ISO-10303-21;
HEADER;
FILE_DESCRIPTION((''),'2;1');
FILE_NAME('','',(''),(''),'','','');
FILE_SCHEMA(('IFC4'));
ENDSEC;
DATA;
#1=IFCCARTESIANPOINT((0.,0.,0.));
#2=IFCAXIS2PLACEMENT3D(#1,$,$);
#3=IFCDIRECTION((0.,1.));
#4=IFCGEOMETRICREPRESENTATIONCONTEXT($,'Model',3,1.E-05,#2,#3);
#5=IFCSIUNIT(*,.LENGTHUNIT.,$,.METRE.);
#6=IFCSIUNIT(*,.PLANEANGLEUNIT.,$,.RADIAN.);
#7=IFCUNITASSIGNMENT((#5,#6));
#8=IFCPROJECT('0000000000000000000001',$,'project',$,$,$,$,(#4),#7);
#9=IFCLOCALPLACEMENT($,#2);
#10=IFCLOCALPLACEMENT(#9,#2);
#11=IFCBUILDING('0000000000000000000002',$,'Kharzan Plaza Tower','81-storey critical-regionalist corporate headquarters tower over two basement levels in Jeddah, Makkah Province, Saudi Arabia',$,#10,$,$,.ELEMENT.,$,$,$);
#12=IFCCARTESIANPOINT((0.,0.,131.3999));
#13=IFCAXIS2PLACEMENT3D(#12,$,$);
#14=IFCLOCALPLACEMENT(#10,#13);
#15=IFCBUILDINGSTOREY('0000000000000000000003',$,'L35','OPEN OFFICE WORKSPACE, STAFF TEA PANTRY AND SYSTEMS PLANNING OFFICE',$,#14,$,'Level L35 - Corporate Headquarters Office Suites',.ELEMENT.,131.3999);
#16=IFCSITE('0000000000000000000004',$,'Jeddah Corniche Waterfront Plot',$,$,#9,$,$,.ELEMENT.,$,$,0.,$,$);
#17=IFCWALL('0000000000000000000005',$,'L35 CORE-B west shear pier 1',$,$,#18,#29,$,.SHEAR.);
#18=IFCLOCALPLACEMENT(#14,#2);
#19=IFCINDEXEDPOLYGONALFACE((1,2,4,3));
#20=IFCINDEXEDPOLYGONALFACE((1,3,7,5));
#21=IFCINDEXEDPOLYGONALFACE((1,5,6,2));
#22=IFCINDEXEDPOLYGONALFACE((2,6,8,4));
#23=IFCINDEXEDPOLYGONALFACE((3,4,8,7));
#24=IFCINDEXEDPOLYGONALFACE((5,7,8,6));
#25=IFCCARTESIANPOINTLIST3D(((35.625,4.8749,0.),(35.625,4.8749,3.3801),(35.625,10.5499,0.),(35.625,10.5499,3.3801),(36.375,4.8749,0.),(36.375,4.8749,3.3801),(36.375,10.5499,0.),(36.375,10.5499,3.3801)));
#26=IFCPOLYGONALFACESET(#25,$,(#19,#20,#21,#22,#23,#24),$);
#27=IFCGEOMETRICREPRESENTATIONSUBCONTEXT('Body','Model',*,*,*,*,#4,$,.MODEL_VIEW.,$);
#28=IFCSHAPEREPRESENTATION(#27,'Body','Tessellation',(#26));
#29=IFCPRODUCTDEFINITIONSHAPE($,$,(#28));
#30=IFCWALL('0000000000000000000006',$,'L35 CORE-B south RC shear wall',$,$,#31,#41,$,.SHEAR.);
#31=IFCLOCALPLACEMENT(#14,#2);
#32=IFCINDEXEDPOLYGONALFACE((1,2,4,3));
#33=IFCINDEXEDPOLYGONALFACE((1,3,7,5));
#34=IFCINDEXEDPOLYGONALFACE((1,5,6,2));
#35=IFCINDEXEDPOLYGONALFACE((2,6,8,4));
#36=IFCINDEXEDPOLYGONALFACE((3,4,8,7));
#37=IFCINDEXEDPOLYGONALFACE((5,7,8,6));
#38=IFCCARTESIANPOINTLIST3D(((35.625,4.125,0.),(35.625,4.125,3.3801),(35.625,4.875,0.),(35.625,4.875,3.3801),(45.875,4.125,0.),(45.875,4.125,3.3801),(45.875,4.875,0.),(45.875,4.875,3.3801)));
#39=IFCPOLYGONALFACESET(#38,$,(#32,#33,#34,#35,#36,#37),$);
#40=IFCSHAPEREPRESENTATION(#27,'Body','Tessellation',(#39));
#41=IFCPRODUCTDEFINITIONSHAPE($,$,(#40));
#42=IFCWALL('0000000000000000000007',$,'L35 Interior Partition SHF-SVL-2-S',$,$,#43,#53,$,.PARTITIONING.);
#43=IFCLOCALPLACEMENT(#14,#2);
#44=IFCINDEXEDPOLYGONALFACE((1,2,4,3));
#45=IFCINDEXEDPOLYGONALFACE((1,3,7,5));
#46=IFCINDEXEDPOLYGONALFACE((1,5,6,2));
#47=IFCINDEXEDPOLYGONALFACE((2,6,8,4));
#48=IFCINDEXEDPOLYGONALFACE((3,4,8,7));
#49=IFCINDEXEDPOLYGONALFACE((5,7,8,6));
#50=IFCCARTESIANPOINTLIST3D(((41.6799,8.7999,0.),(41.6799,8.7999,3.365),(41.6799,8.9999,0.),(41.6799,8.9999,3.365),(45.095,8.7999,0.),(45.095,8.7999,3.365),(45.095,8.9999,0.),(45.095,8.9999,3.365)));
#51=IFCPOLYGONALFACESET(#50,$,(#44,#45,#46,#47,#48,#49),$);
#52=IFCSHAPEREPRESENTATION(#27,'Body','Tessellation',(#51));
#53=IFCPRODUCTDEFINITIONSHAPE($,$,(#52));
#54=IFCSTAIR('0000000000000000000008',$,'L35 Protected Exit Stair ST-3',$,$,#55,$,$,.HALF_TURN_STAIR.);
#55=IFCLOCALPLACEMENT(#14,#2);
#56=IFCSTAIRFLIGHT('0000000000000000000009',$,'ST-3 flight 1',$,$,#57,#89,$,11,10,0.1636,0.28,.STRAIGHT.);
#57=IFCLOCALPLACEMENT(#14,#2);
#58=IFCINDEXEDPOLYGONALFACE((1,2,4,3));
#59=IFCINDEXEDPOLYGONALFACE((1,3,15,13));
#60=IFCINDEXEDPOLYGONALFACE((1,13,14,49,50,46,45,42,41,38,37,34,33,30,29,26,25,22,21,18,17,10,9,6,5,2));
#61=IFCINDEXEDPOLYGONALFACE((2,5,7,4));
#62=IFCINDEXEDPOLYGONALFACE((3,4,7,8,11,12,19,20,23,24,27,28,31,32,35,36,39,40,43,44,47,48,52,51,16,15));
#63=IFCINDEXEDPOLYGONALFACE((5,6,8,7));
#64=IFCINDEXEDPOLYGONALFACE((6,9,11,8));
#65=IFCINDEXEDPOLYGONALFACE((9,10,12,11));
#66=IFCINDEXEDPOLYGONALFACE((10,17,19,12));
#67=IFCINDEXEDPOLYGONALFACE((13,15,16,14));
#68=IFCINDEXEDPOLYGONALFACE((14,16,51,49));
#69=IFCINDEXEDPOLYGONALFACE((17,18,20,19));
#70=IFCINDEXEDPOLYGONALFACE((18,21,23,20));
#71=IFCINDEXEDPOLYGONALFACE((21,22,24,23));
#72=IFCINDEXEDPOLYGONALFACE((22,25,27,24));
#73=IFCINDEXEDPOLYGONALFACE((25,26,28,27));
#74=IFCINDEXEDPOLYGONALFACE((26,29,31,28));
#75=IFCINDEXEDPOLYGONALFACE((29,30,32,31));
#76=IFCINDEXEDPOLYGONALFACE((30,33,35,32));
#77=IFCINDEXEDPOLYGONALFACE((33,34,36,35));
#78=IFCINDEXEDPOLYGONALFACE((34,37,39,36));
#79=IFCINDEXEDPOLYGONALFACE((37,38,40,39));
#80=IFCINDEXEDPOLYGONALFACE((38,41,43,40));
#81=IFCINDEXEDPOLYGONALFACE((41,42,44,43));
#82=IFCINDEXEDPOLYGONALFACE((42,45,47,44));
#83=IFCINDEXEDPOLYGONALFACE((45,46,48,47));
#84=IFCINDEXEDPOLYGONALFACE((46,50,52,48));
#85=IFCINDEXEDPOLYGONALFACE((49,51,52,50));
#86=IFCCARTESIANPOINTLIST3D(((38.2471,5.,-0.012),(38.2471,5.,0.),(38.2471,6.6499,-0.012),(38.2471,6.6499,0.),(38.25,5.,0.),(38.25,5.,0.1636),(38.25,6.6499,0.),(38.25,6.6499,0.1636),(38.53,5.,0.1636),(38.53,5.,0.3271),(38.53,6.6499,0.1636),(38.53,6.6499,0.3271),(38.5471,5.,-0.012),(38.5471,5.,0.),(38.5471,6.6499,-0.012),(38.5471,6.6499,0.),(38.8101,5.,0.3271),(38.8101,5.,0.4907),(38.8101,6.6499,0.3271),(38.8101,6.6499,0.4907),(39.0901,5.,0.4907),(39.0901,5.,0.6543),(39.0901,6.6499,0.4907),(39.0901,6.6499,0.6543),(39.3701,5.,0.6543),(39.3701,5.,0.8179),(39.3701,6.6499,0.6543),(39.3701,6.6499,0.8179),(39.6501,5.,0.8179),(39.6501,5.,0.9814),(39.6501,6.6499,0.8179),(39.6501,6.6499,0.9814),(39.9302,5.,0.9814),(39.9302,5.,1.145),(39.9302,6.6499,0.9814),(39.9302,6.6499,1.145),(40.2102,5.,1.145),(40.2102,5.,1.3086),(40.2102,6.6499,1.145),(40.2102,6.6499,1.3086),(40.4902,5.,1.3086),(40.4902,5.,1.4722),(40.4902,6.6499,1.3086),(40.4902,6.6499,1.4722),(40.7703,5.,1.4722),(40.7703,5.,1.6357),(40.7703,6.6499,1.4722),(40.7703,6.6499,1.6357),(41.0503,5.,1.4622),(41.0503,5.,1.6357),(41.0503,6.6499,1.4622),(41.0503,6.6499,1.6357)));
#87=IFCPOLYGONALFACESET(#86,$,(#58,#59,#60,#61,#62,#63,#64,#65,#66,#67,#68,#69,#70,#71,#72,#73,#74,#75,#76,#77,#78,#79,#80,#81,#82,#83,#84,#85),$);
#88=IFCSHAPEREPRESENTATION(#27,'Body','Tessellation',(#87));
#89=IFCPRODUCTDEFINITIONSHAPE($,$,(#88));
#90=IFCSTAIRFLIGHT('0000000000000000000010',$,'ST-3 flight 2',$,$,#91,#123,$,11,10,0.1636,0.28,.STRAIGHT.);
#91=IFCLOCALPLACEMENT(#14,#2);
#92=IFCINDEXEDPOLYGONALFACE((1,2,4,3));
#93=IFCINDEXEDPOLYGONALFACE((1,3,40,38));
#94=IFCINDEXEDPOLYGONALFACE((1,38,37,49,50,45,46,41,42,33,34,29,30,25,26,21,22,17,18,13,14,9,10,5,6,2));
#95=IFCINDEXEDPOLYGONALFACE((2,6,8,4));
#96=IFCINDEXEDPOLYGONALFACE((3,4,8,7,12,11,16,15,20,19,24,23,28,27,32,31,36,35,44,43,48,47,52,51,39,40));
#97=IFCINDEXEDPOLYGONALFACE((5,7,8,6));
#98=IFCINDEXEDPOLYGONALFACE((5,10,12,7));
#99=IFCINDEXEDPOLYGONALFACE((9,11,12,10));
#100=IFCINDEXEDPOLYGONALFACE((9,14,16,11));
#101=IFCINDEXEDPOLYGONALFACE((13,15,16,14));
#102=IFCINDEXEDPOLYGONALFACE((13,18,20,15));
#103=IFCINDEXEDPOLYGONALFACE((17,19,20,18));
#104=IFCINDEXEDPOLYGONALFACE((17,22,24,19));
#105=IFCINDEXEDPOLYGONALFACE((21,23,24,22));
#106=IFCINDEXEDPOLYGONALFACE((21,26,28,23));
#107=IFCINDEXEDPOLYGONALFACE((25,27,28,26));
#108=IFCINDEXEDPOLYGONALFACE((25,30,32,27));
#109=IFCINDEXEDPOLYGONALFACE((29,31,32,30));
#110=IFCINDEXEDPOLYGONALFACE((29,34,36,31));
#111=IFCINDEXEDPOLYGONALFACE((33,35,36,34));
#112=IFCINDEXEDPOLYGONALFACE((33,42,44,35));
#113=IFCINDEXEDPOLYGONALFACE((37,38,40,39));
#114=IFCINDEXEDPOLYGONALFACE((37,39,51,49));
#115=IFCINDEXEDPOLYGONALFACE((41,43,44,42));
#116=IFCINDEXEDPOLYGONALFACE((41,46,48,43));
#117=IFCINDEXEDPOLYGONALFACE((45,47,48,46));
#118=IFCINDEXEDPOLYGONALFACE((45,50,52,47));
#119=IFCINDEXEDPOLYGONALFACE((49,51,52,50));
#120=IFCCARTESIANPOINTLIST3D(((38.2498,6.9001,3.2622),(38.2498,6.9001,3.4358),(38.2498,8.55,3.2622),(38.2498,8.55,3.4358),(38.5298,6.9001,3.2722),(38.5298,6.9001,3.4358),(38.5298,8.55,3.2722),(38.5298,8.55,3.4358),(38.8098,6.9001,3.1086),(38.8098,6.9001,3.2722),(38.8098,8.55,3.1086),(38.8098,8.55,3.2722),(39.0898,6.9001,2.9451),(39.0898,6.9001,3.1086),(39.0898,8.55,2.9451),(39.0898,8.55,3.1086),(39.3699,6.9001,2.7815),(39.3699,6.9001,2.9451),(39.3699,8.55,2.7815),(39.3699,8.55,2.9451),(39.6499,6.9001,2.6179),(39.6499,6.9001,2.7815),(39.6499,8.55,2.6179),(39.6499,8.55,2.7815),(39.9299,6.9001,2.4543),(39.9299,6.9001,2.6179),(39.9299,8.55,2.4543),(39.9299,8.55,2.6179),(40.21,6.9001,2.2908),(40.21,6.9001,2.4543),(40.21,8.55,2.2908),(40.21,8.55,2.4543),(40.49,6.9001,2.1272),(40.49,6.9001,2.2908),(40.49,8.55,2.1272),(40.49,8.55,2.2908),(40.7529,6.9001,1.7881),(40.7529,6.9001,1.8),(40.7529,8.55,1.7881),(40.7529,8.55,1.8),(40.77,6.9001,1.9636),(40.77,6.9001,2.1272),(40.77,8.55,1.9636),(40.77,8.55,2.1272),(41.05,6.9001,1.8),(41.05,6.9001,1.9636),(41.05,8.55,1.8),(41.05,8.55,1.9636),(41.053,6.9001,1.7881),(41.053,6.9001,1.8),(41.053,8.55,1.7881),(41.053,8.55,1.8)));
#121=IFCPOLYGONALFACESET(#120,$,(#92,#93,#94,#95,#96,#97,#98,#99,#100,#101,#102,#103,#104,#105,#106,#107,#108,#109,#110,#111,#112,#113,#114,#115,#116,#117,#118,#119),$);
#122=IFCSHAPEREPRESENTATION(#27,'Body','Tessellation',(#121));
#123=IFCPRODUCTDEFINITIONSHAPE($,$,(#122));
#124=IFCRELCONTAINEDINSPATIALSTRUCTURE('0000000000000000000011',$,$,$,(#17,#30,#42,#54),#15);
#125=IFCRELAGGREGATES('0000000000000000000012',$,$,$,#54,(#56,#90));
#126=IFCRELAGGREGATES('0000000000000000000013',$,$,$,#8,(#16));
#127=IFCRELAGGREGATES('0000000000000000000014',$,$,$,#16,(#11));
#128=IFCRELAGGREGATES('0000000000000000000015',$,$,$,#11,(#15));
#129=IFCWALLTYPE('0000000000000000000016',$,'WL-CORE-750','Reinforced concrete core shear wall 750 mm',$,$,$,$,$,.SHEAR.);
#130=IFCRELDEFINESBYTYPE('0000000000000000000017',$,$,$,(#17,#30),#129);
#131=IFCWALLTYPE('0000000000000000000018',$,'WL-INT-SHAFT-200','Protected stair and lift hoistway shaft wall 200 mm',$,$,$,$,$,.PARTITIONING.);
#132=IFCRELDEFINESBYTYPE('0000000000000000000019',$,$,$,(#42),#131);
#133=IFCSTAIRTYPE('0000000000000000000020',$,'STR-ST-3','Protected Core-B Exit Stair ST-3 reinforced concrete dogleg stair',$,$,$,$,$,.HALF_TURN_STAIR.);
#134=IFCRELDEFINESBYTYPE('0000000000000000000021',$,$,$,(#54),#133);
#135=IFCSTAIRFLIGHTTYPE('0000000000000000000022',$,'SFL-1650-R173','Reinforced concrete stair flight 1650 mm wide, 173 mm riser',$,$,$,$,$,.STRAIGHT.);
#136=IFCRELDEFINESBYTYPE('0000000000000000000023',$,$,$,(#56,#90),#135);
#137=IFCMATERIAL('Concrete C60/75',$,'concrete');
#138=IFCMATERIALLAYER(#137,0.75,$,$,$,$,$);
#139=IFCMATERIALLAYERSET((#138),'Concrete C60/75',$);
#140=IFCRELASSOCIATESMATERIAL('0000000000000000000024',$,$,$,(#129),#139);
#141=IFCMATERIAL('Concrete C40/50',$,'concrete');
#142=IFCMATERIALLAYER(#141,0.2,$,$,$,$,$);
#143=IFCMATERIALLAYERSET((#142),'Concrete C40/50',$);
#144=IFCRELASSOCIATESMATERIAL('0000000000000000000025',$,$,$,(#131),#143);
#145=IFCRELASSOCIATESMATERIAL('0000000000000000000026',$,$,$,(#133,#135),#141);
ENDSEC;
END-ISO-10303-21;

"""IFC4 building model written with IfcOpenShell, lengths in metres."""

from ifc_helpers import new_model, si_unit, direction, frame, frame_2d, origin, place, context, subcontext, project, spatial, polyline, rectangle, outline, extrude, source, transform, mapped, material, layer, layer_set, type_object, element, aggregate, save


model = new_model("IFC4")

# Units and contexts
model_context = context("Model", 3, precision=1e-05, world=origin(), true_north=direction((0.0, 1.0)))
body_context = subcontext(model_context, "Body", "Model", "MODEL_VIEW")
ifc_project = project(units=[si_unit("LENGTHUNIT", "METRE"), si_unit("PLANEANGLEUNIT", "RADIAN")], contexts=[model_context])

# Site, building, storey
site_placement = place(None, origin())
site = spatial("IfcSite", under=ifc_project, at=site_placement, Name="Jeddah Corniche Waterfront Plot", CompositionType="ELEMENT", RefElevation=0.0)
building_placement = place(site_placement, origin())
building = spatial("IfcBuilding", under=site, at=building_placement, Name="Kharzan Plaza Tower", Description="81-storey critical-regionalist corporate headquarters tower over two basement levels in Jeddah, Makkah Province, Saudi Arabia", CompositionType="ELEMENT")
storey_placement = place(building_placement, frame((0.0, 0.0, 131.3999)))
storey = spatial("IfcBuildingStorey", under=building, at=storey_placement, Name="L35", Description="OPEN OFFICE WORKSPACE, STAFF TEA PANTRY AND SYSTEMS PLANNING OFFICE", LongName="Level L35 - Corporate Headquarters Office Suites", CompositionType="ELEMENT", Elevation=131.3999)

# Shared definitions
ifc_material_1 = material(Name="Concrete C60/75", Category="concrete")

# Shared definitions
ifc_material_2 = material(Name="Concrete C40/50", Category="concrete")

# Walls
ifc_layer_1 = layer(ifc_material_1, 0.75)
ifc_layer_set_1 = layer_set([ifc_layer_1], Name="Concrete C60/75")
wall_type_1 = type_object("IfcWallType", Name="WL-CORE-750", Description="Reinforced concrete core shear wall 750 mm", PredefinedType="SHEAR", material=ifc_layer_set_1)
shared_shape_1 = source(origin(), body_context, "Body", "SweptSolid", [
    extrude(rectangle(XDim=5.675, YDim=0.75, at=frame_2d((2.8374, 0.0))), origin(), (0.0, 0.0, 1.0), 3.3801),
])
wall_1_placement = place(storey_placement, frame((36.0, 4.875, 0.0), z_axis=(0.0, 0.0, 1.0), x_axis=(0.0, 1.0, 0.0)))
element("IfcWall", 1, at=wall_1_placement, inside=storey, type_object=wall_type_1, Name="L35 CORE-B west shear pier 1", PredefinedType="SHEAR", context=body_context, shape_type="MappedRepresentation", body=[
    mapped(shared_shape_1, transform((0.0, 0.0, 0.0), x_axis=(1.0, 0.0, 0.0), y_axis=(0.0, 1.0, 0.0), z_axis=(0.0, 0.0, 1.0))),
])
shared_shape_2 = source(origin(), body_context, "Body", "SweptSolid", [
    extrude(rectangle(XDim=10.25, YDim=0.75, at=frame_2d((5.125, 0.0))), origin(), (0.0, 0.0, 1.0), 3.3801),
])
wall_2_placement = place(storey_placement, frame((35.625, 4.5, 0.0), z_axis=(0.0, 0.0, 1.0), x_axis=(1.0, 0.0, 0.0)))
element("IfcWall", 2, at=wall_2_placement, inside=storey, type_object=wall_type_1, Name="L35 CORE-B south RC shear wall", PredefinedType="SHEAR", context=body_context, shape_type="MappedRepresentation", body=[
    mapped(shared_shape_2, transform((0.0, 0.0, 0.0), x_axis=(1.0, 0.0, 0.0), y_axis=(0.0, 1.0, 0.0), z_axis=(0.0, 0.0, 1.0))),
])
ifc_layer_2 = layer(ifc_material_2, 0.2)
ifc_layer_set_2 = layer_set([ifc_layer_2], Name="Concrete C40/50")
wall_type_2 = type_object("IfcWallType", Name="WL-INT-SHAFT-200", Description="Protected stair and lift hoistway shaft wall 200 mm", PredefinedType="PARTITIONING", material=ifc_layer_set_2)
shared_shape_3 = source(origin(), body_context, "Body", "SweptSolid", [
    extrude(rectangle(XDim=3.415, YDim=0.2, at=frame_2d((1.7075, 0.0))), origin(), (0.0, 0.0, 1.0), 3.365),
])
wall_3_placement = place(storey_placement, frame((41.6799, 8.8999, 0.0), z_axis=(0.0, 0.0, 1.0), x_axis=(1.0, 0.0, 0.0)))
element("IfcWall", 3, at=wall_3_placement, inside=storey, type_object=wall_type_2, Name="L35 Interior Partition SHF-SVL-2-S", PredefinedType="PARTITIONING", context=body_context, shape_type="MappedRepresentation", body=[
    mapped(shared_shape_3, transform((0.0, 0.0, 0.0), x_axis=(1.0, 0.0, 0.0), y_axis=(0.0, 1.0, 0.0), z_axis=(0.0, 0.0, 1.0))),
])

# Stair, stair flights
stair_type = type_object("IfcStairType", Name="STR-ST-3", Description="Protected Core-B Exit Stair ST-3 reinforced concrete dogleg stair", PredefinedType="HALF_TURN_STAIR", material=ifc_material_2)
stair_placement = place(storey_placement, origin())
stair = element("IfcStair", 4, at=stair_placement, inside=storey, type_object=stair_type, Name="L35 Protected Exit Stair ST-3", PredefinedType="HALF_TURN_STAIR")
stair_flight_type = type_object("IfcStairFlightType", Name="SFL-1650-R173", Description="Reinforced concrete stair flight 1650 mm wide, 173 mm riser", PredefinedType="STRAIGHT", material=ifc_material_2)
shared_shape_4 = source(origin(), body_context, "Body", "SweptSolid", [
    extrude(outline(polyline([(-0.0029, -0.012), (-0.0029, 0.0), (0.0, 0.0), (0.0, 0.1636), (0.28, 0.1636), (0.28, 0.3271), (0.5601, 0.3271), (0.5601, 0.4907), (0.8401, 0.4907), (0.8401, 0.6543), (1.1201, 0.6543), (1.1201, 0.8179), (1.4001, 0.8179), (1.4001, 0.9814), (1.6802, 0.9814), (1.6802, 1.145), (1.9602, 1.145), (1.9602, 1.3086), (2.2402, 1.3086), (2.2402, 1.4722), (2.5203, 1.4722), (2.5203, 1.6357), (2.8003, 1.6357), (2.8003, 1.7993), (2.8003, 1.4622), (0.2971, 0.0), (0.2971, -0.012), (-0.0029, -0.012)])), frame((0.0, 0.825, 0.0), z_axis=(0.0, -1.0, 0.0), x_axis=(1.0, 0.0, 0.0)), (0.0, 0.0, 1.0), 1.6499),
])
stair_flight_1_placement = place(storey_placement, frame((38.25, 5.825, 0.0), z_axis=(0.0, 0.0, 1.0), x_axis=(1.0, 0.0, 0.0)))
stair_flight_1 = element("IfcStairFlight", 5, at=stair_flight_1_placement, type_object=stair_flight_type, Name="ST-3 flight 1", NumberOfRisers=11, NumberOfTreads=10, PredefinedType="STRAIGHT", RiserHeight=0.1636, TreadLength=0.28, context=body_context, shape_type="MappedRepresentation", body=[
    mapped(shared_shape_4, transform((0.0, 0.0, 0.0), x_axis=(1.0, 0.0, 0.0), y_axis=(0.0, 1.0, 0.0), z_axis=(0.0, 0.0, 1.0))),
])
stair_flight_2_placement = place(storey_placement, frame((41.05, 7.7251, 1.8), z_axis=(0.0, 0.0, 1.0), x_axis=(-1.0, 0.0, 0.0)))
stair_flight_2 = element("IfcStairFlight", 6, at=stair_flight_2_placement, type_object=stair_flight_type, Name="ST-3 flight 2", NumberOfRisers=11, NumberOfTreads=10, PredefinedType="STRAIGHT", RiserHeight=0.1636, TreadLength=0.28, context=body_context, shape_type="MappedRepresentation", body=[
    mapped(shared_shape_4, transform((0.0, 0.0, 0.0), x_axis=(1.0, 0.0, 0.0), y_axis=(0.0, 1.0, 0.0), z_axis=(0.0, 0.0, 1.0))),
])
aggregate(stair, [stair_flight_1, stair_flight_2])

save(model, "model.ifc")
